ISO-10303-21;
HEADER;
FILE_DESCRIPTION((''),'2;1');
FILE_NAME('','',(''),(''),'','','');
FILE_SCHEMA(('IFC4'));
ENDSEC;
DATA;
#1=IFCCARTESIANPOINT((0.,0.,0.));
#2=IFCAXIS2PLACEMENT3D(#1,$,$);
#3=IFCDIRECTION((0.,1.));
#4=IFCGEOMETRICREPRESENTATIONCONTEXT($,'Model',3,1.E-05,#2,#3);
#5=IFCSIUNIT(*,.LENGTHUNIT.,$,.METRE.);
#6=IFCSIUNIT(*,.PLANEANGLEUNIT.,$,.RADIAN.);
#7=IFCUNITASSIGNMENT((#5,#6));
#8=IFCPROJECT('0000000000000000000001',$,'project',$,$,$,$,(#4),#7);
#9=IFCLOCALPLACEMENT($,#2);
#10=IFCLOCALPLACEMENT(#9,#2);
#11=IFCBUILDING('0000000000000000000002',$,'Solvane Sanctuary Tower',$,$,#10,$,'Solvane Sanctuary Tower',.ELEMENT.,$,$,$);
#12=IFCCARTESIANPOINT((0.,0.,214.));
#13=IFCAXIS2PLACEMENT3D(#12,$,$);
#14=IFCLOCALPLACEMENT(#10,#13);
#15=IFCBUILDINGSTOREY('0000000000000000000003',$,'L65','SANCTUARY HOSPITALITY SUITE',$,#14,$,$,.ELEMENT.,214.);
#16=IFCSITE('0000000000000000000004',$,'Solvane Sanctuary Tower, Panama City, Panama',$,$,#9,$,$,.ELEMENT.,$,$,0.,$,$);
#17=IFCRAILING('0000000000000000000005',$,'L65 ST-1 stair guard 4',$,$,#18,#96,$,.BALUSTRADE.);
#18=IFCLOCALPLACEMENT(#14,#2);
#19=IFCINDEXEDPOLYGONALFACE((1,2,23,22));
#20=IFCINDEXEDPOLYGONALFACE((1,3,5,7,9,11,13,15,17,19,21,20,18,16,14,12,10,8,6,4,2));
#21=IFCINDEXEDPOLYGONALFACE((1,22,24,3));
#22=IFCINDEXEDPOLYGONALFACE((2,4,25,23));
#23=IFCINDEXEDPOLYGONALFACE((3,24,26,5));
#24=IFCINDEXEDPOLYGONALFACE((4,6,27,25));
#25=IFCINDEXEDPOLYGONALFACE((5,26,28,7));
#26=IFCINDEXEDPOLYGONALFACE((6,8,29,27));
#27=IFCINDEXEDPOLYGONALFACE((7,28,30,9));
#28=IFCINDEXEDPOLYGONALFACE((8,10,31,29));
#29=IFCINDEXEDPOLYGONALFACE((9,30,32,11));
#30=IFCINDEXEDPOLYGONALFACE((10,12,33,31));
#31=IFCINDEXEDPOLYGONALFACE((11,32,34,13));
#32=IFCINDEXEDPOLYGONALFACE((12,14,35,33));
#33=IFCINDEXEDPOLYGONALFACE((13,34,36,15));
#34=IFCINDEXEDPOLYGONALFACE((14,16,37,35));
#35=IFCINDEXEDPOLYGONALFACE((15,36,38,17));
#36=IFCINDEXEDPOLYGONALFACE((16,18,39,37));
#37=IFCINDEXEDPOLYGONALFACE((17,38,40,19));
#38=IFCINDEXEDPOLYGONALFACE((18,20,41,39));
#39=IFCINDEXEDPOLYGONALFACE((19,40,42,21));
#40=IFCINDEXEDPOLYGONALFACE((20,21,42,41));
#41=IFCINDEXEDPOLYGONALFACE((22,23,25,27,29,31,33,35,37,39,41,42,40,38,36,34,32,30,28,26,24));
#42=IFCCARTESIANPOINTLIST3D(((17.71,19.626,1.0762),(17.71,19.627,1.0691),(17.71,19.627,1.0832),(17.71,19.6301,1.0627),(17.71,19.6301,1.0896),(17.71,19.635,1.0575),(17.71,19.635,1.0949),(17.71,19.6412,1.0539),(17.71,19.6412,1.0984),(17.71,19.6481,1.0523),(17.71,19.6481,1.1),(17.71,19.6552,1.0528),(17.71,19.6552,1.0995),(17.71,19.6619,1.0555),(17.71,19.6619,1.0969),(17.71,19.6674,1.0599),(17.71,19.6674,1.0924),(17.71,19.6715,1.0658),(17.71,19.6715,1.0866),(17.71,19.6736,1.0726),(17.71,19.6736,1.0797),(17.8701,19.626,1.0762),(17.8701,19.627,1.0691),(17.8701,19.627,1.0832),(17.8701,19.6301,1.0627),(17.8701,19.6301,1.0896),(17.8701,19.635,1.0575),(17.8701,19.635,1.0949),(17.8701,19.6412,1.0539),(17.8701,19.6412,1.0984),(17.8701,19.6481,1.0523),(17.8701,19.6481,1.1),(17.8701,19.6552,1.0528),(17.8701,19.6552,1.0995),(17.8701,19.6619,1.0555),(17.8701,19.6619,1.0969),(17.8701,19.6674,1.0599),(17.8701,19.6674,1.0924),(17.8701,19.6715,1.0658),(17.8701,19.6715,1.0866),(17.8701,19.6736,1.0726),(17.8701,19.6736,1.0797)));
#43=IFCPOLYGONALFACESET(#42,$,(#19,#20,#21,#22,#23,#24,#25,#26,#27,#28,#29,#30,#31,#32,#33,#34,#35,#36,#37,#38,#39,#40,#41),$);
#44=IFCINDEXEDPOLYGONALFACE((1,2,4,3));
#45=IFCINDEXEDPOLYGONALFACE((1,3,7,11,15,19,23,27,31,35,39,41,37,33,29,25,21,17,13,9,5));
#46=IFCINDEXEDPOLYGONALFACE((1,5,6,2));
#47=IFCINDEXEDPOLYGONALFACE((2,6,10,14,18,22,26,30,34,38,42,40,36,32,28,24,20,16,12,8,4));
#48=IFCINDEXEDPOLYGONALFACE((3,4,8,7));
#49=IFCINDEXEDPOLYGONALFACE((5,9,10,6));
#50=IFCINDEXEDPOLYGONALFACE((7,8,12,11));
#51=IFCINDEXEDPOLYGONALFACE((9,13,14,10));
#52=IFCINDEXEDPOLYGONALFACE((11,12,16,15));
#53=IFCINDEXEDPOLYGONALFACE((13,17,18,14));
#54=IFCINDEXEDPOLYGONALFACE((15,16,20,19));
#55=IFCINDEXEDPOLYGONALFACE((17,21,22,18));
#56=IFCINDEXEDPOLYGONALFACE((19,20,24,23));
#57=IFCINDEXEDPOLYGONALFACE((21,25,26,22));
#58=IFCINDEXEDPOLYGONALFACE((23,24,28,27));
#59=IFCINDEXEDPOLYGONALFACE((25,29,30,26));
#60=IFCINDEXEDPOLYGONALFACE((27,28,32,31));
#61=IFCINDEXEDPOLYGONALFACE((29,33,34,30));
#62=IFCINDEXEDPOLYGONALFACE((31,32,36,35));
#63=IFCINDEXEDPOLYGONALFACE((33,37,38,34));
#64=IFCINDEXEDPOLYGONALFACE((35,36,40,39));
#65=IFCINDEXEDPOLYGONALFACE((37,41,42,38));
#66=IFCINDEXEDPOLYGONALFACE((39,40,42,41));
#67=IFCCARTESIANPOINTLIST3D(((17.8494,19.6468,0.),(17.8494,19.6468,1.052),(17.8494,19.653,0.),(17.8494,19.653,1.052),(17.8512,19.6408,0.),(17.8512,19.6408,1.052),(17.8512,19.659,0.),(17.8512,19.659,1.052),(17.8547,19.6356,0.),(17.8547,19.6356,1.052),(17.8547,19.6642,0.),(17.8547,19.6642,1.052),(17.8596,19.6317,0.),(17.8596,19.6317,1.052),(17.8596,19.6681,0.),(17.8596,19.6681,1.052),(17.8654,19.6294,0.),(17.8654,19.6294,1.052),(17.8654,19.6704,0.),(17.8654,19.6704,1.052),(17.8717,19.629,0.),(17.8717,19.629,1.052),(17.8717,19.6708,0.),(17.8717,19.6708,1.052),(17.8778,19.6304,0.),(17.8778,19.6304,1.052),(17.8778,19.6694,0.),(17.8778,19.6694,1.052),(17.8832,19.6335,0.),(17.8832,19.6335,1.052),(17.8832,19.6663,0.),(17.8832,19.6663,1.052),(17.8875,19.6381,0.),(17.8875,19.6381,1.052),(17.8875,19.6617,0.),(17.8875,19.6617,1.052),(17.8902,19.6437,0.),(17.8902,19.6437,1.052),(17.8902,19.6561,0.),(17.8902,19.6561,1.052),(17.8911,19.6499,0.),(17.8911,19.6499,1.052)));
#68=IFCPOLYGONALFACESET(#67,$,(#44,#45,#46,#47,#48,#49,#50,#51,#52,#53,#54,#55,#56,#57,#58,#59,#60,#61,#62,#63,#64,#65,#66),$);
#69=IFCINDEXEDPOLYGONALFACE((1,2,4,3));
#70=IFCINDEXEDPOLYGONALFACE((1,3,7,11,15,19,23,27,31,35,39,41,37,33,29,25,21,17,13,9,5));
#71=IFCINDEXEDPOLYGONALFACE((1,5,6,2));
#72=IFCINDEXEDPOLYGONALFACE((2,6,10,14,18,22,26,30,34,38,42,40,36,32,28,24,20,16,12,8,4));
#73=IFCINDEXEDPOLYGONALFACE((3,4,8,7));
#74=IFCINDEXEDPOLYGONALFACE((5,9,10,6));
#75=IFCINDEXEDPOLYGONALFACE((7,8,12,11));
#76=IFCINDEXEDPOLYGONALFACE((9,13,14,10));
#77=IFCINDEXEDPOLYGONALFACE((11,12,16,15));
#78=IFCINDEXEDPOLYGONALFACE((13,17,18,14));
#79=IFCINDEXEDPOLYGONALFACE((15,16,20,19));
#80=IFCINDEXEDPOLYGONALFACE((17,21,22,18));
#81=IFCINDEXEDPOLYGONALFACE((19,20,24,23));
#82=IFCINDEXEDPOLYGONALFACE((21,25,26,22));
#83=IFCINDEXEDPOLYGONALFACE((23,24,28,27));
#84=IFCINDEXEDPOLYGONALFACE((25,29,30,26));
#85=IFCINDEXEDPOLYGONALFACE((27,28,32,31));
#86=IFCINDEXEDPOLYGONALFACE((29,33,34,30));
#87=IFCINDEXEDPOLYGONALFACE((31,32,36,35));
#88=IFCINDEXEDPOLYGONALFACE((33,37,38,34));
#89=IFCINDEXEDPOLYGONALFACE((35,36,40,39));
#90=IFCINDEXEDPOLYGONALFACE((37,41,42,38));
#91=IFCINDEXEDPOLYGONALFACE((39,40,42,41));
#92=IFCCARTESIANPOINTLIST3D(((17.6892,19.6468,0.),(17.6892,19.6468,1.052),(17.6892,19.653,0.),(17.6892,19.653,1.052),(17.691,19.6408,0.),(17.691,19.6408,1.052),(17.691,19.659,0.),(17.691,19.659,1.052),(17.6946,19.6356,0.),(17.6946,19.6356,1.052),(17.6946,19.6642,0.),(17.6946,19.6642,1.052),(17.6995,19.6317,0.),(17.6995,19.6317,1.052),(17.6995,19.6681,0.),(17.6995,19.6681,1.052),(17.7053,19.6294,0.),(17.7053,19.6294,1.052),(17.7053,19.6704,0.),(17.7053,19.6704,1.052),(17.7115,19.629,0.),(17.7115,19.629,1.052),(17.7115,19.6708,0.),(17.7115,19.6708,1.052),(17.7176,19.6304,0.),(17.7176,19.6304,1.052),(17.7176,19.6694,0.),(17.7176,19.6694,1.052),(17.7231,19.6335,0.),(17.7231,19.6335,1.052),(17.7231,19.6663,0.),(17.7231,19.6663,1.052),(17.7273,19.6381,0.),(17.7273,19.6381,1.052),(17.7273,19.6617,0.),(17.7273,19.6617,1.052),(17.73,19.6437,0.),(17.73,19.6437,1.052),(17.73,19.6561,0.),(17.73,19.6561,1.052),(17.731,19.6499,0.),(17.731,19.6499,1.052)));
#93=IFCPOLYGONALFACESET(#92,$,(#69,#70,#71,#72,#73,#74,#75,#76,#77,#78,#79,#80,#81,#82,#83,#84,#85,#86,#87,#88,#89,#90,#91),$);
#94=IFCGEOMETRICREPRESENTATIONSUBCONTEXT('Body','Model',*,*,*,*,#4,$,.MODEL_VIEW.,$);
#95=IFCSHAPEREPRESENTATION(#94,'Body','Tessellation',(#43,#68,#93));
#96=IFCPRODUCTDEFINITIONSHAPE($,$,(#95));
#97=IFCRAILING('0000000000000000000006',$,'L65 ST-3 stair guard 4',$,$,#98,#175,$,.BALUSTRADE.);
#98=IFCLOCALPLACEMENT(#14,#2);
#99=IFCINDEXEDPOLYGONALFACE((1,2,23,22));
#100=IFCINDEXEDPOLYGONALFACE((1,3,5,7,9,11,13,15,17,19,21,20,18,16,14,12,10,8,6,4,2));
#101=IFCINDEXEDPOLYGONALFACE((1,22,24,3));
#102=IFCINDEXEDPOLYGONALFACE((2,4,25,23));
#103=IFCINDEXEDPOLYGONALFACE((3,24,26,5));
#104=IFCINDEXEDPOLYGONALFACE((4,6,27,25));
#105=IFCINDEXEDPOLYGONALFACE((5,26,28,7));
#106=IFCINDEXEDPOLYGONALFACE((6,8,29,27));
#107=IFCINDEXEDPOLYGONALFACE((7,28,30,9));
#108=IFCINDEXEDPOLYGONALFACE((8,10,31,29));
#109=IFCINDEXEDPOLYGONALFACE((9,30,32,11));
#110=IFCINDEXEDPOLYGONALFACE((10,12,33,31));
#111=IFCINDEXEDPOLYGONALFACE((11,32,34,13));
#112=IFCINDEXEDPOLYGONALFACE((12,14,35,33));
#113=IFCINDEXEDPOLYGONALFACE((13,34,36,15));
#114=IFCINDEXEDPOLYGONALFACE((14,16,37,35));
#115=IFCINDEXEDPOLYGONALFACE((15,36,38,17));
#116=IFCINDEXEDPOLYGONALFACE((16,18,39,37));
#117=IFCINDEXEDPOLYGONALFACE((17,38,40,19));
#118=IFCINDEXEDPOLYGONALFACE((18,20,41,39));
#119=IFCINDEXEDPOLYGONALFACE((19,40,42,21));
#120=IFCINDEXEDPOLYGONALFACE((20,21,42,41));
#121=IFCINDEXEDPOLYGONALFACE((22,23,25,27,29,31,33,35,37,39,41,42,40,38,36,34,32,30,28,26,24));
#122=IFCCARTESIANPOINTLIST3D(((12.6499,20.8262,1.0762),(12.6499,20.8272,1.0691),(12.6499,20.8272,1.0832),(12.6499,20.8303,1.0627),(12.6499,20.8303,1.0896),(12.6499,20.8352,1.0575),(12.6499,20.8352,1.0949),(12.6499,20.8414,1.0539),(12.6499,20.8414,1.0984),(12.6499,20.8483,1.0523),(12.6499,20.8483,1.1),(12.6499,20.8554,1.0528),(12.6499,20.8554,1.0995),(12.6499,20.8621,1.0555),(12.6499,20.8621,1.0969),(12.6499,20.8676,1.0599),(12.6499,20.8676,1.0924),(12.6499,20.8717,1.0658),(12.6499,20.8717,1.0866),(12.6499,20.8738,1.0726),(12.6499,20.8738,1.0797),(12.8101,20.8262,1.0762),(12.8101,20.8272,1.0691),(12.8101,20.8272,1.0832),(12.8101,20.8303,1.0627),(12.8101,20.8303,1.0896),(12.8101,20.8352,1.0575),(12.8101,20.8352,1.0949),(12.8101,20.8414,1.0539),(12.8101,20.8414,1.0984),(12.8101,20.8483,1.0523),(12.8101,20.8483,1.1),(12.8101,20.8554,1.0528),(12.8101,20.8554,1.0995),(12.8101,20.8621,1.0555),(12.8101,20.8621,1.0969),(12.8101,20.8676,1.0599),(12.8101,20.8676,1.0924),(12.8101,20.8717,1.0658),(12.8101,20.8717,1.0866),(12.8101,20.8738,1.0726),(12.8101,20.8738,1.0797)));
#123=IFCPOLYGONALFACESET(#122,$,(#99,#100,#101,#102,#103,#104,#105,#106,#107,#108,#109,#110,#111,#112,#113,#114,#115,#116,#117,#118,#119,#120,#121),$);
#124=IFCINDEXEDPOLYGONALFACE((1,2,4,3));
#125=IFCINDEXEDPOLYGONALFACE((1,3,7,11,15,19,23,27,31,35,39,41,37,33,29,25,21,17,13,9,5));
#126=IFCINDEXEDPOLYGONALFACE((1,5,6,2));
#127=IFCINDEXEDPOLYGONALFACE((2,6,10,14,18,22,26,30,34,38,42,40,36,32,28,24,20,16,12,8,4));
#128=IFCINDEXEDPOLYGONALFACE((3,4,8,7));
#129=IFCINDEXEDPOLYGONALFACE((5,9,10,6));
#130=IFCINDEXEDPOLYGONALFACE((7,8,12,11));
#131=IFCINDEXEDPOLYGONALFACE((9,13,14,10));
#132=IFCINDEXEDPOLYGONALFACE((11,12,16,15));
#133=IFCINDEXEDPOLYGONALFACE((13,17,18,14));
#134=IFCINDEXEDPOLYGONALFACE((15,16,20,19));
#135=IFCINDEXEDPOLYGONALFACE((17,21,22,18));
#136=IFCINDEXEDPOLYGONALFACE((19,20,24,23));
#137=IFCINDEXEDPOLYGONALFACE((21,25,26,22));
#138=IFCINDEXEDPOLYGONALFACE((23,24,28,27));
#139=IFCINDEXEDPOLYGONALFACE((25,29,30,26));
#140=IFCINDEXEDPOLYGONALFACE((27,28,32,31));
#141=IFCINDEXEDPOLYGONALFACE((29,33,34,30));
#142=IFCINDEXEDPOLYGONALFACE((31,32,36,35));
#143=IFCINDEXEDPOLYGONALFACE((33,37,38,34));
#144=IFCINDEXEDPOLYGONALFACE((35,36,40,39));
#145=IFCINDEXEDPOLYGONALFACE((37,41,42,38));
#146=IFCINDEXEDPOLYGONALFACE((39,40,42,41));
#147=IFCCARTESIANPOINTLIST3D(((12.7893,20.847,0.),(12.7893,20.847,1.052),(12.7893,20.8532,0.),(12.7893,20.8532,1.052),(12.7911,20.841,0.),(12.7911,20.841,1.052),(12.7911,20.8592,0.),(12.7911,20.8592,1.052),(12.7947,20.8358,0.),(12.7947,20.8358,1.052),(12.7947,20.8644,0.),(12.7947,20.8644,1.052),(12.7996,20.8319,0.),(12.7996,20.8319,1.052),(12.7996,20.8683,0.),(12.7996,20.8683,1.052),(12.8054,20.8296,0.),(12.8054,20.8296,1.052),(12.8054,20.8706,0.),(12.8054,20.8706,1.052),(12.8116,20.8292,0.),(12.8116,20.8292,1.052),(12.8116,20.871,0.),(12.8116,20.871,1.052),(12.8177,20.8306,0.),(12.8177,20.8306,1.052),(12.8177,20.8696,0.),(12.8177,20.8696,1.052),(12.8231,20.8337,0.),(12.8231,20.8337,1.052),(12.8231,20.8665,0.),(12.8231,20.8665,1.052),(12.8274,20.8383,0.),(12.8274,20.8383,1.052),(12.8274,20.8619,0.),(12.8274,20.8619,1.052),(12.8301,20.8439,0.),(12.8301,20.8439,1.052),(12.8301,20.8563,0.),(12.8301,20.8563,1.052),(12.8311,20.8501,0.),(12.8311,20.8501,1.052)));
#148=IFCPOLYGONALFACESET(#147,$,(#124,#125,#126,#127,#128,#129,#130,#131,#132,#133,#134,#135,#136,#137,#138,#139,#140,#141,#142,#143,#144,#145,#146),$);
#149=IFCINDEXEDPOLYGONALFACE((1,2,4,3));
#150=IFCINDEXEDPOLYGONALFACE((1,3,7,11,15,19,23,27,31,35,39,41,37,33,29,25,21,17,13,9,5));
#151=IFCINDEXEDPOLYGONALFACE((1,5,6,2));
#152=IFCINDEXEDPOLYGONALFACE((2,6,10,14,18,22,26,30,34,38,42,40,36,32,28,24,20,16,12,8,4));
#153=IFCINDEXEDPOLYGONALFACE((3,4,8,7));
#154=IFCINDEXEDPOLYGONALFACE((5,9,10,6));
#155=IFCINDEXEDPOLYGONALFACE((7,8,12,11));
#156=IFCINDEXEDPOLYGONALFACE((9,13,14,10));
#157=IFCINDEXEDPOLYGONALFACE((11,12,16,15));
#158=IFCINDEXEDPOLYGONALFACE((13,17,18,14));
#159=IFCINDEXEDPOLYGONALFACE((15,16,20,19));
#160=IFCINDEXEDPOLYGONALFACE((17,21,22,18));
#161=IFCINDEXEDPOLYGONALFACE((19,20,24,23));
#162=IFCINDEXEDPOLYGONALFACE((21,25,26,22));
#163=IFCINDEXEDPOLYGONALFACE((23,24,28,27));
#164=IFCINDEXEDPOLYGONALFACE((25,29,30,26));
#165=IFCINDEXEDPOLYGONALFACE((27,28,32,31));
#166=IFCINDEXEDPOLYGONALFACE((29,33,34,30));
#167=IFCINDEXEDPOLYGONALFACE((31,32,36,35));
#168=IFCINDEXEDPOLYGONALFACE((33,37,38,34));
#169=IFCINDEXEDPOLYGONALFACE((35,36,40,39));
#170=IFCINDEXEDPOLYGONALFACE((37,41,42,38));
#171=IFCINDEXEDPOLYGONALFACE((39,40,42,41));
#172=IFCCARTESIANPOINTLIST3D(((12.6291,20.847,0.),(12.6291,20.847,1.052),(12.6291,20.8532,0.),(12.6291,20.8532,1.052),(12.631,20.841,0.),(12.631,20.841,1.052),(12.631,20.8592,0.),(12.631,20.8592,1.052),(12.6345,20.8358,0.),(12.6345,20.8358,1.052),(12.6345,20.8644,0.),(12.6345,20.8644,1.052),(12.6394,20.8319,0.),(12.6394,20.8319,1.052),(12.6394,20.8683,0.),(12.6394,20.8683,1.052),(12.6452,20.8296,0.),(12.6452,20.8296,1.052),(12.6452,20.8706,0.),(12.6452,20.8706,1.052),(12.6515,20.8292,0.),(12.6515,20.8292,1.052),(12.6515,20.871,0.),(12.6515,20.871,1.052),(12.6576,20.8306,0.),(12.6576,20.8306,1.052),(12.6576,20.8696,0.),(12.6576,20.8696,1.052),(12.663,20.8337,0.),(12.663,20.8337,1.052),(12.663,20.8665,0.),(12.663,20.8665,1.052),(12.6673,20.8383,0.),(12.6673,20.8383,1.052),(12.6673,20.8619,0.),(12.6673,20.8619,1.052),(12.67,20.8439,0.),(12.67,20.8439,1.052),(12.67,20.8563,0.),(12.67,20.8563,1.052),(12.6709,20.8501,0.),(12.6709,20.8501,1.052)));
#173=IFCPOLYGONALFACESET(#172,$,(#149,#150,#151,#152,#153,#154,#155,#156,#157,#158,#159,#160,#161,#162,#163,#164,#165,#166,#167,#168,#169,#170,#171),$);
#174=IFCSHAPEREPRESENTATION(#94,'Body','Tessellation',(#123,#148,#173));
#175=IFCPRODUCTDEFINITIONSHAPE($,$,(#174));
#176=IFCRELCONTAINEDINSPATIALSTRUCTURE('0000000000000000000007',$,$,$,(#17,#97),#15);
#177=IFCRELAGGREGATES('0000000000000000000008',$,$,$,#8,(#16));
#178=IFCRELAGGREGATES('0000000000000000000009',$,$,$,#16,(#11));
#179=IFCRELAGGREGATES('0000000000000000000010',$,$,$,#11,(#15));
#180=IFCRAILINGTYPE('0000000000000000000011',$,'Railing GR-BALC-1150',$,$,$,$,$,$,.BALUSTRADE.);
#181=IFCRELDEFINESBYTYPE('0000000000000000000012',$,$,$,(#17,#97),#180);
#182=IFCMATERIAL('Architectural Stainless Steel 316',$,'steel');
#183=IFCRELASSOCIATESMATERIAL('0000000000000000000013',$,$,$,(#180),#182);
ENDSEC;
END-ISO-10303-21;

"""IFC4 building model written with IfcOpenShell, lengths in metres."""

from ifc_helpers import new_model, si_unit, direction, frame, origin, origin_2d, place, context, subcontext, project, spatial, circle, extrude, material, type_object, element, save


model = new_model("IFC4")

# Units and contexts
model_context = context("Model", 3, precision=1e-05, world=origin(), true_north=direction((0.0, 1.0)))
body_context = subcontext(model_context, "Body", "Model", "MODEL_VIEW")
ifc_project = project(units=[si_unit("LENGTHUNIT", "METRE"), si_unit("PLANEANGLEUNIT", "RADIAN")], contexts=[model_context])

# Site, building, storey
site_placement = place(None, origin())
site = spatial("IfcSite", under=ifc_project, at=site_placement, Name="Solvane Sanctuary Tower, Panama City, Panama", CompositionType="ELEMENT", RefElevation=0.0)
building_placement = place(site_placement, origin())
building = spatial("IfcBuilding", under=site, at=building_placement, Name="Solvane Sanctuary Tower", LongName="Solvane Sanctuary Tower", CompositionType="ELEMENT")
storey_placement = place(building_placement, frame((0.0, 0.0, 214.0)))
storey = spatial("IfcBuildingStorey", under=building, at=storey_placement, Name="L65", Description="SANCTUARY HOSPITALITY SUITE", CompositionType="ELEMENT", Elevation=214.0)

# Shared definitions
ifc_material_1 = material(Name="Architectural Stainless Steel 316", Category="steel")

# Railings
railing_type_1 = type_object("IfcRailingType", Name="Railing GR-BALC-1150", PredefinedType="BALUSTRADE", material=ifc_material_1)
for number, where, name in (
    (1, (17.8701, 19.6499, 0.0), "L65 ST-1 stair guard 4"),
    (2, (12.8101, 20.8501, 0.0), "L65 ST-3 stair guard 4"),
):
    element("IfcRailing", number, at=place(storey_placement, frame(where)), inside=storey, type_object=railing_type_1, Name=name, PredefinedType="BALUSTRADE", context=body_context, shape_type="SweptSolid", body=[
        extrude(circle(Radius=0.0239, at=origin_2d()), frame((0.0, 0.0, 1.0762), z_axis=(-1.0, 0.0, 0.0), x_axis=(0.0, -1.0, 0.0)), (0.0, 0.0, 1.0), 0.1602),
        extrude(circle(Radius=0.021, at=origin_2d()), origin(), (0.0, 0.0, 1.0), 1.052),
        extrude(circle(Radius=0.021, at=origin_2d()), frame((-0.1602, 0.0, 0.0)), (0.0, 0.0, 1.0), 1.052),
    ])

save(model, "model.ifc")
